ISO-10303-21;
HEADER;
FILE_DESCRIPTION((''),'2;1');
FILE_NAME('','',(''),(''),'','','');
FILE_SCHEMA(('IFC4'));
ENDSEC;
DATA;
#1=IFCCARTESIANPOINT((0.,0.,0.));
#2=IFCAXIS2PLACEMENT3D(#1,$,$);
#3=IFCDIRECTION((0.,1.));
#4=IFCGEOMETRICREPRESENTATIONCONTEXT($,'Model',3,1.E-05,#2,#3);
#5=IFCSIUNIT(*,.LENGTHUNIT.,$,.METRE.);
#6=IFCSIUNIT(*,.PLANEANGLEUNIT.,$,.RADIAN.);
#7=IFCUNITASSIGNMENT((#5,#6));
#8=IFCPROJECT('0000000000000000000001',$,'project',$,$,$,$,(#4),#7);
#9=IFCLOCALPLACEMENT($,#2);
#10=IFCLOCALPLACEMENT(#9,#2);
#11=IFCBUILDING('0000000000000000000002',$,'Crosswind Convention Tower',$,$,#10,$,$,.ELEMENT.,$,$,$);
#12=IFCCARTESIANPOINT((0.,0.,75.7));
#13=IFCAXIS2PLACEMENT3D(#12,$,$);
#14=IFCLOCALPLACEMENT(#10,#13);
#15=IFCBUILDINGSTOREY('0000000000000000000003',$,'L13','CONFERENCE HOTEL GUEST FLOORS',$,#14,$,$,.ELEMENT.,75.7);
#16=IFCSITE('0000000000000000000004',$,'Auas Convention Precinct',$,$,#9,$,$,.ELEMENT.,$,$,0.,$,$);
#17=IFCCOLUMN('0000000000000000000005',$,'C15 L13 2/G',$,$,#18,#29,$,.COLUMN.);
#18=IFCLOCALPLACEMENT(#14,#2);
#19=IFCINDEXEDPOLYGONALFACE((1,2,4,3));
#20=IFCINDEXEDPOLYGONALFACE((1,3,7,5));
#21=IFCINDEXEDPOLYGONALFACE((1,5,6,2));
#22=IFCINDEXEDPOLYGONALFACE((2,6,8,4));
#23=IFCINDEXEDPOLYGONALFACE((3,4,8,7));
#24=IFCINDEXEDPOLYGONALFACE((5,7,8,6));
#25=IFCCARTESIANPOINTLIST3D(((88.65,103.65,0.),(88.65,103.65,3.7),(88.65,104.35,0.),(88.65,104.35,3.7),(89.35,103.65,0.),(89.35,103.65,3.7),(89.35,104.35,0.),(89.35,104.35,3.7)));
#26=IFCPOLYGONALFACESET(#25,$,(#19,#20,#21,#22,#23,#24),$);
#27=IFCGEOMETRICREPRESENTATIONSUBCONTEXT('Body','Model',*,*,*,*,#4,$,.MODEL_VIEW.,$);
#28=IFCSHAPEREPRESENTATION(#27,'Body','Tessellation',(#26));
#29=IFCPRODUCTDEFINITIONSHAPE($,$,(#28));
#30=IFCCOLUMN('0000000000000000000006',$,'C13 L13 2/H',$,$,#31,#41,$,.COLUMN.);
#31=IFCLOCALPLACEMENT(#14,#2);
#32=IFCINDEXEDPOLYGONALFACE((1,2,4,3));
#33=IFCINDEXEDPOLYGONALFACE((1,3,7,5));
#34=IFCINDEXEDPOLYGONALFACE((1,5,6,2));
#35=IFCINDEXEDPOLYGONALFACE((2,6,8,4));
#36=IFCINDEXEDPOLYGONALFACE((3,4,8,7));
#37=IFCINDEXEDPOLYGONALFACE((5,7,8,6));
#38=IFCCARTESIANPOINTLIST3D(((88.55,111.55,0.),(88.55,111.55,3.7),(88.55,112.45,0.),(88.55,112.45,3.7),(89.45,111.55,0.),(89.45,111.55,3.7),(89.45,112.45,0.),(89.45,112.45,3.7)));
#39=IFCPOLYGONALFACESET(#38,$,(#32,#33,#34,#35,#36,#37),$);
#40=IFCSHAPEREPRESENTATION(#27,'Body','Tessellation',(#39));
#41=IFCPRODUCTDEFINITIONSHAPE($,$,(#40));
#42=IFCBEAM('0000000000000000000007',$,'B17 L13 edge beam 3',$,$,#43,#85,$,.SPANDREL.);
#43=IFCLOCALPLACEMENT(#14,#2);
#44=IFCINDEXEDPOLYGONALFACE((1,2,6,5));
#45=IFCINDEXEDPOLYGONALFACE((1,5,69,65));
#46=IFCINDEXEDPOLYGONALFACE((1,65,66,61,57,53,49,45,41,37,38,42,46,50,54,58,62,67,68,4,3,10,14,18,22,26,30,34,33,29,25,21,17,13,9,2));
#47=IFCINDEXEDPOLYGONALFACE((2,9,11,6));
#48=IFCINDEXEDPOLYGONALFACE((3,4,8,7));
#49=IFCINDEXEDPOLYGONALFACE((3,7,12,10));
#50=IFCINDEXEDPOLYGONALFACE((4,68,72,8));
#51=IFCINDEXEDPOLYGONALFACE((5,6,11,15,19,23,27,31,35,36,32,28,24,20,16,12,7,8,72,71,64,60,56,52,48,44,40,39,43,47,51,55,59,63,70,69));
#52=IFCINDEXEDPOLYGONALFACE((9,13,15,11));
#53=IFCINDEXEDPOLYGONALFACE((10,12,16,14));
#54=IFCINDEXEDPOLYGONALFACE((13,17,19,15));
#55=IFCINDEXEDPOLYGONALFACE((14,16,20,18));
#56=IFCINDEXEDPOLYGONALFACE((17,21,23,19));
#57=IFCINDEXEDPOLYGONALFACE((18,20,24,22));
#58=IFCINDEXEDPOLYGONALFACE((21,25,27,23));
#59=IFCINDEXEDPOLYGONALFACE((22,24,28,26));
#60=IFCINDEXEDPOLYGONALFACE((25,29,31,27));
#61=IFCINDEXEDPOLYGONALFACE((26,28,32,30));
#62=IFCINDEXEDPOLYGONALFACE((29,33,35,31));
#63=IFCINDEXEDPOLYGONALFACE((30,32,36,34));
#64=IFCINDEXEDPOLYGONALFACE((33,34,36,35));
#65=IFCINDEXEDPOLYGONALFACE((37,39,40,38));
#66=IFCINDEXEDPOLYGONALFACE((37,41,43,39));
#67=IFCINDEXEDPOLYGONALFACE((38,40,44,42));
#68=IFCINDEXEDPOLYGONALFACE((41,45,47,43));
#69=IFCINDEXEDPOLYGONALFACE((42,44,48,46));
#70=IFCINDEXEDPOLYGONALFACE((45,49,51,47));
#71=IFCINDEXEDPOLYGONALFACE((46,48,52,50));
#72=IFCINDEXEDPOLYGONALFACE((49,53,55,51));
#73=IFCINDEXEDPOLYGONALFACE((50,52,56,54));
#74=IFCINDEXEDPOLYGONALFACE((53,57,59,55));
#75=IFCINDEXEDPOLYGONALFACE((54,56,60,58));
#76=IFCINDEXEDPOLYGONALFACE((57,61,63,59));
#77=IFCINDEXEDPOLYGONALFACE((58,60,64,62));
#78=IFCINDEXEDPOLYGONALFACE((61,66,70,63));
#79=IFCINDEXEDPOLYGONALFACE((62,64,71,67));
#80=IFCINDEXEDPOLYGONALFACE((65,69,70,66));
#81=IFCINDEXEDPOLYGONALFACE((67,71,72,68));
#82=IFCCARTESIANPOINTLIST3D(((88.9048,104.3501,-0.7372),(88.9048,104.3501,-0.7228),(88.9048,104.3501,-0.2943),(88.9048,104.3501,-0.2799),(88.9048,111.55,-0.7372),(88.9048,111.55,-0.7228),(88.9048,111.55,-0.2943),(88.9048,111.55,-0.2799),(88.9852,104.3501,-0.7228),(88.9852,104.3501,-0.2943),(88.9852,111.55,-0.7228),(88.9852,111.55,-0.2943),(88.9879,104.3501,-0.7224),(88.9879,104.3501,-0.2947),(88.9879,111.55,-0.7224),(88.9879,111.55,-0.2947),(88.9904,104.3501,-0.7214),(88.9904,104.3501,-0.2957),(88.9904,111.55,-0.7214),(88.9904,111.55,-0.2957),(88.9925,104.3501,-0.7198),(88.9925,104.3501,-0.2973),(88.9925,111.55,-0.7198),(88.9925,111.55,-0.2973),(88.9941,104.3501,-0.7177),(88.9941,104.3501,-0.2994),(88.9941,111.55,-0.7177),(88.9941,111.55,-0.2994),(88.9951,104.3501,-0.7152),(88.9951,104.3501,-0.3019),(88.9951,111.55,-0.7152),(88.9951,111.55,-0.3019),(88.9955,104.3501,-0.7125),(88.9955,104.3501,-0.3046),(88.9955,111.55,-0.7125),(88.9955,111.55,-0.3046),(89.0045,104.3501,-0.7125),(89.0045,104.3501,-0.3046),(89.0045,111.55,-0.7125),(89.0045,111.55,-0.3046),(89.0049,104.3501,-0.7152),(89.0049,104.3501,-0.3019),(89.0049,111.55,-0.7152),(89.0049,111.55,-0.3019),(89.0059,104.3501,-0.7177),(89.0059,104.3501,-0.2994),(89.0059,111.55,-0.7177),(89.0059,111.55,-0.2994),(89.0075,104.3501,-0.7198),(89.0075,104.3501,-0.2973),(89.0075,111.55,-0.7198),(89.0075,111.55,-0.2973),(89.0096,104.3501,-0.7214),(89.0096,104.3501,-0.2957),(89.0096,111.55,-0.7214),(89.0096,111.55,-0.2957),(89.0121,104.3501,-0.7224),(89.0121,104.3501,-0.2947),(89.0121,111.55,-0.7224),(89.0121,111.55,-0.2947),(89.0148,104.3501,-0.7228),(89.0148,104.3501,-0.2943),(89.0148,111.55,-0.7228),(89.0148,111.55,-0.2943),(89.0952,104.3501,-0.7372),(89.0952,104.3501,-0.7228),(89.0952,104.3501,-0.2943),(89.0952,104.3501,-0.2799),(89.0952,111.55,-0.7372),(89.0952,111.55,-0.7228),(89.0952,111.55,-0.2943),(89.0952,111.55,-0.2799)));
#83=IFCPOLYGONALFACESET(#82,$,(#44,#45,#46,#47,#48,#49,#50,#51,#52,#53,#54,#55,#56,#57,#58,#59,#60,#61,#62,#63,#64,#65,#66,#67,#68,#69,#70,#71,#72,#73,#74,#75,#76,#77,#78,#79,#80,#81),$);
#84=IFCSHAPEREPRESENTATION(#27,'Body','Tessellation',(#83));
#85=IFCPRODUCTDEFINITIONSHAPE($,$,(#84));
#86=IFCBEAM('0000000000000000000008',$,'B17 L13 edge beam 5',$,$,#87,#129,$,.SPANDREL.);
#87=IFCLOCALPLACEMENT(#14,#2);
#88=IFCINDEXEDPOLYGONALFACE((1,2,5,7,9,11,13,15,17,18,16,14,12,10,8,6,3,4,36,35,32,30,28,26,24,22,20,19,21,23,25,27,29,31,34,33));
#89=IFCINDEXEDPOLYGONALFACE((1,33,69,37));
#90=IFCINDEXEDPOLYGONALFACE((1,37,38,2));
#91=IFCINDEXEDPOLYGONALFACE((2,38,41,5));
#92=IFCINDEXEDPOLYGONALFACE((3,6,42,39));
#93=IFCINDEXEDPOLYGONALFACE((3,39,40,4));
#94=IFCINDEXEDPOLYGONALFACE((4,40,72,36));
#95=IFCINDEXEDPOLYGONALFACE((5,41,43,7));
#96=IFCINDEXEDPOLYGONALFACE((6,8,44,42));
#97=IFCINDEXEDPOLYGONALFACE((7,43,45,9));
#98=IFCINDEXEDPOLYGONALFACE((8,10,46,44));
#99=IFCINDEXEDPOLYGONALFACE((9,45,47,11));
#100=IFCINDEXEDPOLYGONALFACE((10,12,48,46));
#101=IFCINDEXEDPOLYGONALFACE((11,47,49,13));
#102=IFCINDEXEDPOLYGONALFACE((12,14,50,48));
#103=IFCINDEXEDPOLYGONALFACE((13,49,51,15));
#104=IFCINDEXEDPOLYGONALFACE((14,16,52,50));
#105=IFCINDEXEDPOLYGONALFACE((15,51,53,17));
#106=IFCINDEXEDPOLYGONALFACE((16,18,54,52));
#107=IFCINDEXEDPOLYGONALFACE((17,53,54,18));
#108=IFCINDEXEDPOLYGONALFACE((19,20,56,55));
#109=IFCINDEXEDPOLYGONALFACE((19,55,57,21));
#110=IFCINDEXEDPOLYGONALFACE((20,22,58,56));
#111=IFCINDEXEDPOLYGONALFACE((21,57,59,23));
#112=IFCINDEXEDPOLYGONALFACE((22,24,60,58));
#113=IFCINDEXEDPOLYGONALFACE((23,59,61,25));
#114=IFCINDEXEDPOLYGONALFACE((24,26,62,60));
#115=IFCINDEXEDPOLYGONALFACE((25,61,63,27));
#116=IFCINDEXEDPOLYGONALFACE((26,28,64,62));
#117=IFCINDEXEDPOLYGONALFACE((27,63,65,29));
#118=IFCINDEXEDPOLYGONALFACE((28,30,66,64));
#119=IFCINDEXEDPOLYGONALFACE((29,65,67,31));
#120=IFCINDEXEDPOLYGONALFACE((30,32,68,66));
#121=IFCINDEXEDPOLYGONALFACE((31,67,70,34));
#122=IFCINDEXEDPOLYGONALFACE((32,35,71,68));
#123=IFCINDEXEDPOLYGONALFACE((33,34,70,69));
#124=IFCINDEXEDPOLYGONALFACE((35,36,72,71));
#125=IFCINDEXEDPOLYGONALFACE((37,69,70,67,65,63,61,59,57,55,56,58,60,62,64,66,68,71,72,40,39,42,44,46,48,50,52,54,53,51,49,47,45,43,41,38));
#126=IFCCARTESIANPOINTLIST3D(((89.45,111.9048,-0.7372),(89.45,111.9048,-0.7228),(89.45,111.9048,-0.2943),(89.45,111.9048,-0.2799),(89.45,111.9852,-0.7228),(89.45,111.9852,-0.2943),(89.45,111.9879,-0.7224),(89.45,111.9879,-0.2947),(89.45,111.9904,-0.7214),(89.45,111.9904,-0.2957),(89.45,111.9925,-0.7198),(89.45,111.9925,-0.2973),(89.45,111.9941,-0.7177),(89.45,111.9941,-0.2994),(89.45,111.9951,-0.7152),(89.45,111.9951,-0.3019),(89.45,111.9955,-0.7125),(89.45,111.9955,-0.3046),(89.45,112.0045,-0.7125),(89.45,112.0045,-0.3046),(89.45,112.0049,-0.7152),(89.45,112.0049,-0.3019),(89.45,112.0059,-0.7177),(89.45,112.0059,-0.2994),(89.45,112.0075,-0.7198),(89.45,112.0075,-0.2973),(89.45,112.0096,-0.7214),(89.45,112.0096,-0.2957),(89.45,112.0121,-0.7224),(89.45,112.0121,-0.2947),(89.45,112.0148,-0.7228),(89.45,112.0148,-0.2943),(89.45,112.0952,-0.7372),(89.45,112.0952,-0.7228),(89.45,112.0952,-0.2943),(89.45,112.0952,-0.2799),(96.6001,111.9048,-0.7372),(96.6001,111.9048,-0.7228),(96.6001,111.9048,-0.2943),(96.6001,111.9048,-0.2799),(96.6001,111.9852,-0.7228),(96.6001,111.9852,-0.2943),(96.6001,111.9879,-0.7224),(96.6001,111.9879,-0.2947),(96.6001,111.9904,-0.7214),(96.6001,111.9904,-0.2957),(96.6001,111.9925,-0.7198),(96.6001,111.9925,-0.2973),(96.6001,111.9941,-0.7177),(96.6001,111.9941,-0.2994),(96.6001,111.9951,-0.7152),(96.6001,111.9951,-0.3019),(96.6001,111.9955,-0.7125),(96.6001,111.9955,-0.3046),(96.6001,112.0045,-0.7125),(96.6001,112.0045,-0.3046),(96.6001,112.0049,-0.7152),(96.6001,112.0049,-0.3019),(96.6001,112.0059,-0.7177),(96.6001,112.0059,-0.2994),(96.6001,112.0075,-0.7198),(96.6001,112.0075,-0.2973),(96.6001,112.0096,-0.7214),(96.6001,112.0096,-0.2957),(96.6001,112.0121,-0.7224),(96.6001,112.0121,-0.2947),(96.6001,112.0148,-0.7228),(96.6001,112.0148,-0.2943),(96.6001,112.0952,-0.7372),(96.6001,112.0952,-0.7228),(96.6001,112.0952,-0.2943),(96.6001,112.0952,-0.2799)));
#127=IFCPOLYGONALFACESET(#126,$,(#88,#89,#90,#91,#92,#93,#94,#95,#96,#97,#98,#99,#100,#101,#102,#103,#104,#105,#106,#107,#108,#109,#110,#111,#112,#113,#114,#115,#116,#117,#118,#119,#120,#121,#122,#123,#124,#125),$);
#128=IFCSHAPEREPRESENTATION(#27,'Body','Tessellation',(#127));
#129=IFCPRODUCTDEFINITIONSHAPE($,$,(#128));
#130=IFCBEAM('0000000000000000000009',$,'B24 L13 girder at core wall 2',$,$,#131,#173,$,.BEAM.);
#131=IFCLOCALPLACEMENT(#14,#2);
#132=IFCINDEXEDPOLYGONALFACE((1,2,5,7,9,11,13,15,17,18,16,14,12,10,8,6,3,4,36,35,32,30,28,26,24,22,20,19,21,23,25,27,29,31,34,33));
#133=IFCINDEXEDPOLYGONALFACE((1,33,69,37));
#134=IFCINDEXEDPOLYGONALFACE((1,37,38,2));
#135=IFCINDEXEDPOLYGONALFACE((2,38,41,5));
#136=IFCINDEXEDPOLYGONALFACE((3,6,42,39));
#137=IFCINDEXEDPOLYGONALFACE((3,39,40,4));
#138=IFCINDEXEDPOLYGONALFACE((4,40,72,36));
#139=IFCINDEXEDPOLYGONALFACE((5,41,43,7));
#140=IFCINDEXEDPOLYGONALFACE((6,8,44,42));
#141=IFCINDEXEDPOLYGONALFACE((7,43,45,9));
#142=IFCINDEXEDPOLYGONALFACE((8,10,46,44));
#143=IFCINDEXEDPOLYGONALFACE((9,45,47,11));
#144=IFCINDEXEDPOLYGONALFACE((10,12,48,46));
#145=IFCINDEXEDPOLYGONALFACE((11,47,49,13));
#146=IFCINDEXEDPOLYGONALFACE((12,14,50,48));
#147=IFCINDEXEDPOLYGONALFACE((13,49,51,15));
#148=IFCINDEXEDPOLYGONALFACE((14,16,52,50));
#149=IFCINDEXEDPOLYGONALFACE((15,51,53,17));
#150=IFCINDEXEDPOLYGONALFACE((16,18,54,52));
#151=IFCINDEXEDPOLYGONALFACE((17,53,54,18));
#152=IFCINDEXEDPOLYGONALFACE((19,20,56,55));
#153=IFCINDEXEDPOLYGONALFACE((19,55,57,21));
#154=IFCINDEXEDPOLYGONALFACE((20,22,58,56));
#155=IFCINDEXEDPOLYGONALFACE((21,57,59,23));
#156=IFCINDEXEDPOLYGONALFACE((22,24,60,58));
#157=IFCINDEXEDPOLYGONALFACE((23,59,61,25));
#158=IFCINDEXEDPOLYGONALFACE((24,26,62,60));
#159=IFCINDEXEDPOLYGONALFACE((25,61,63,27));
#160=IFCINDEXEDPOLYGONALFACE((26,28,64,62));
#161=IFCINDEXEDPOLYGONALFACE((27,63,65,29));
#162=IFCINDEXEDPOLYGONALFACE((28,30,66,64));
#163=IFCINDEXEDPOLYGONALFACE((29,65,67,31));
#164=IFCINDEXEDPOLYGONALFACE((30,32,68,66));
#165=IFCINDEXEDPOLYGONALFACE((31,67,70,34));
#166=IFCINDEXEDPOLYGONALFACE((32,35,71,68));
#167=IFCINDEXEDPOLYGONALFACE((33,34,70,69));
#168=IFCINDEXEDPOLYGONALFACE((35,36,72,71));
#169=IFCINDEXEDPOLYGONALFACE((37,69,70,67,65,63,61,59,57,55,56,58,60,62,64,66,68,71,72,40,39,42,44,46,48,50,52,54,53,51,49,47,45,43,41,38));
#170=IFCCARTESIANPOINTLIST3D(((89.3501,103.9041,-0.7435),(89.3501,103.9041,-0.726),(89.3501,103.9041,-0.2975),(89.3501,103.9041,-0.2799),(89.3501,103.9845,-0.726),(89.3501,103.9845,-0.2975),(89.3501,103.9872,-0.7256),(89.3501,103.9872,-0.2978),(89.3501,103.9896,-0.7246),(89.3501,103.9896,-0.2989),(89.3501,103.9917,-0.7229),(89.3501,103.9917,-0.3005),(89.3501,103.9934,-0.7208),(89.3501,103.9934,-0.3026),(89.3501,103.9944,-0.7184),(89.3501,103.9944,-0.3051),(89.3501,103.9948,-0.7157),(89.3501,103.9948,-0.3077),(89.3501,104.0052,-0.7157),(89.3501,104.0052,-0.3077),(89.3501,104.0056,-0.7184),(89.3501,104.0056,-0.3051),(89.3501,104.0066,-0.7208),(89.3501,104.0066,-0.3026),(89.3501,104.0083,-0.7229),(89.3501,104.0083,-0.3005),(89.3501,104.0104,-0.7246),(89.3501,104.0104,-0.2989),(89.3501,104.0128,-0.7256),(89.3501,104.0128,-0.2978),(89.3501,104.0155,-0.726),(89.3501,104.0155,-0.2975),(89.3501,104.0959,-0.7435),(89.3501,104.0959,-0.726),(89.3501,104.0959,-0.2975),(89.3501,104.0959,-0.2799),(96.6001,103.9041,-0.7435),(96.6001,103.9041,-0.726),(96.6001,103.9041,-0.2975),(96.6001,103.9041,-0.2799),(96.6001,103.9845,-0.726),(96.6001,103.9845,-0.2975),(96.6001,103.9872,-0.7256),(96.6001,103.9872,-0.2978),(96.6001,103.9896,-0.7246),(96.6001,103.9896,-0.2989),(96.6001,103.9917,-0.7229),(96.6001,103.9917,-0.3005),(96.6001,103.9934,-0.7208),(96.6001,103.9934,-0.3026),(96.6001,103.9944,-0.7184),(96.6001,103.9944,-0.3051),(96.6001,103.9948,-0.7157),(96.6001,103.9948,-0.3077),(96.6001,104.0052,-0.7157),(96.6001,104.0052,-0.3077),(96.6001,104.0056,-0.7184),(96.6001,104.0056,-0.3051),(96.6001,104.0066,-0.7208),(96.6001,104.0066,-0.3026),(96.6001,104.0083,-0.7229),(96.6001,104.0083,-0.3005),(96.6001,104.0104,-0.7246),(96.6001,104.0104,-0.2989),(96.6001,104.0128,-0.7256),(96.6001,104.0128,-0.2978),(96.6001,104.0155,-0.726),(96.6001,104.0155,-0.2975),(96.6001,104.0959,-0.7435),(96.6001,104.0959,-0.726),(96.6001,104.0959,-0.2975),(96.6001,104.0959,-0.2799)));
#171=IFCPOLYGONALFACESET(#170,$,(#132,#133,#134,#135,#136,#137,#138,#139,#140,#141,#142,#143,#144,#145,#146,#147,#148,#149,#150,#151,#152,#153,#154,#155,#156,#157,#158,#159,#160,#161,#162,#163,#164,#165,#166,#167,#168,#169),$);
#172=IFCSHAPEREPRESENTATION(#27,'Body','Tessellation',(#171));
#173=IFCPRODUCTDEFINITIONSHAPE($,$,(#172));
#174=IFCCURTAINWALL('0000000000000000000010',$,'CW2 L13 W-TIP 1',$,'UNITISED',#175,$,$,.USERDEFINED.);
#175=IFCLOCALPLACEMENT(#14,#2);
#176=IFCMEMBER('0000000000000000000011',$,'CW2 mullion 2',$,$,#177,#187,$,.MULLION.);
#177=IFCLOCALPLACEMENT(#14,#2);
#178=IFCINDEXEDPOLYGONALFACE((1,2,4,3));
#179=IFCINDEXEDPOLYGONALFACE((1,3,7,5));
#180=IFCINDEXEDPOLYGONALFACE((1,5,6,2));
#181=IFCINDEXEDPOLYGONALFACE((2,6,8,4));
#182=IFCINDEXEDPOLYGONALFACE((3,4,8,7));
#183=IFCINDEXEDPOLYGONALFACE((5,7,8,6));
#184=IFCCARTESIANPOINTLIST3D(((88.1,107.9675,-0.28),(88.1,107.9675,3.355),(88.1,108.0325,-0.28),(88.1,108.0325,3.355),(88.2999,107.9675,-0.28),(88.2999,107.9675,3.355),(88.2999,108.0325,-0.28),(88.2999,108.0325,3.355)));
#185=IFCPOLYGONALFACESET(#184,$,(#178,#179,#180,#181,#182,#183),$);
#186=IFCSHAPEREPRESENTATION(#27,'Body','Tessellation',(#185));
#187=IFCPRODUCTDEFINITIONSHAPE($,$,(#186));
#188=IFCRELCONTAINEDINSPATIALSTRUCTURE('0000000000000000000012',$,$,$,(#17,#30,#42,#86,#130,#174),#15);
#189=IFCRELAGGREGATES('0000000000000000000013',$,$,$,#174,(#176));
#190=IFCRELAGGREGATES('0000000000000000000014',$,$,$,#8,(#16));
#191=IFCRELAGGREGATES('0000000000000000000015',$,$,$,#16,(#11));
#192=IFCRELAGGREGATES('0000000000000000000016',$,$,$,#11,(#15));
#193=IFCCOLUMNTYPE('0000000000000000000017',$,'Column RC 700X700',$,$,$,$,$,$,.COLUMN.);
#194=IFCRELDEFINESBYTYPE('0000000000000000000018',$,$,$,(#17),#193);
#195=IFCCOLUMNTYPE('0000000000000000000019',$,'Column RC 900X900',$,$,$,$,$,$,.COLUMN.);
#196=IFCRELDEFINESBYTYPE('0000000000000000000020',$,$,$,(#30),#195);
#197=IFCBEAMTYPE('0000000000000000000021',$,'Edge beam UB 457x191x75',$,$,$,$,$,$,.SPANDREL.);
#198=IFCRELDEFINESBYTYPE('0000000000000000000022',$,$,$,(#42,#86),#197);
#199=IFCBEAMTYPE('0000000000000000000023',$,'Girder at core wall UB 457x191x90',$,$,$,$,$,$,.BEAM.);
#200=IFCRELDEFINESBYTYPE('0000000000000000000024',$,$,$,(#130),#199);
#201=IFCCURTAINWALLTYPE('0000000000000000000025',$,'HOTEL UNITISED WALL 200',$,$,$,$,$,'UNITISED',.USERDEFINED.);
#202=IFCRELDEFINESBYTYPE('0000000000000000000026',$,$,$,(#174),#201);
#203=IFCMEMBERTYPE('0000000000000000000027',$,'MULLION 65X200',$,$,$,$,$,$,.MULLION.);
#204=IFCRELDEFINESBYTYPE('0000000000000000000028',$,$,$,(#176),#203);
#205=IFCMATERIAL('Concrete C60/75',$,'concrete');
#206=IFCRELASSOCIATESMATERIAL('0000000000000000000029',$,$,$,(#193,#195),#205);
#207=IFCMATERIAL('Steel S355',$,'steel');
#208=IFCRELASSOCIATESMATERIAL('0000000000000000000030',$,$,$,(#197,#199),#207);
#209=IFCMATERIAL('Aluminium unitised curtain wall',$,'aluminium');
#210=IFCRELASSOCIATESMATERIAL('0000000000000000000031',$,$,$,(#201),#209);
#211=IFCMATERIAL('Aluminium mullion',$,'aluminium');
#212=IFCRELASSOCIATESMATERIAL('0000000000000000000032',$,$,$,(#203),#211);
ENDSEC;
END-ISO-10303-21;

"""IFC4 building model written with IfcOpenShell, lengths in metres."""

from ifc_helpers import new_model, si_unit, direction, frame, origin, origin_2d, place, context, subcontext, project, spatial, rectangle, i_section, extrude, material, material_profile, profile_set, type_object, element, aggregate, save


model = new_model("IFC4")

# Units and contexts
model_context = context("Model", 3, precision=1e-05, world=origin(), true_north=direction((0.0, 1.0)))
body_context = subcontext(model_context, "Body", "Model", "MODEL_VIEW")
ifc_project = project(units=[si_unit("LENGTHUNIT", "METRE"), si_unit("PLANEANGLEUNIT", "RADIAN")], contexts=[model_context])

# Site, building, storey
site_placement = place(None, origin())
site = spatial("IfcSite", under=ifc_project, at=site_placement, Name="Auas Convention Precinct", CompositionType="ELEMENT", RefElevation=0.0)
building_placement = place(site_placement, origin())
building = spatial("IfcBuilding", under=site, at=building_placement, Name="Crosswind Convention Tower", CompositionType="ELEMENT")
storey_placement = place(building_placement, frame((0.0, 0.0, 75.7)))
storey = spatial("IfcBuildingStorey", under=building, at=storey_placement, Name="L13", Description="CONFERENCE HOTEL GUEST FLOORS", CompositionType="ELEMENT", Elevation=75.7)

# Columns
ifc_material_1 = material(Name="Concrete C60/75", Category="concrete")
ifc_material_profile_1 = material_profile(ifc_material_1, rectangle(XDim=0.7, YDim=0.7, at=origin_2d()), Name="RC 700X700")
ifc_profile_set_1 = profile_set([ifc_material_profile_1], Name="Concrete C60/75")
column_type_1 = type_object("IfcColumnType", Name="Column RC 700X700", PredefinedType="COLUMN", material=ifc_profile_set_1)
column_1_placement = place(storey_placement, frame((89.0, 104.0, 0.0), z_axis=(0.0, 0.0, 1.0), x_axis=(1.0, 0.0, 0.0)))
element("IfcColumn", 1, at=column_1_placement, inside=storey, type_object=column_type_1, Name="C15 L13 2/G", PredefinedType="COLUMN", context=body_context, shape_type="SweptSolid", body=[
    extrude(rectangle(XDim=0.7, YDim=0.7, at=origin_2d()), origin(), (0.0, 0.0, 1.0), 3.7),
])
ifc_material_profile_2 = material_profile(ifc_material_1, rectangle(XDim=0.8999, YDim=0.8999, at=origin_2d()), Name="RC 900X900")
ifc_profile_set_2 = profile_set([ifc_material_profile_2], Name="Concrete C60/75")
column_type_2 = type_object("IfcColumnType", Name="Column RC 900X900", PredefinedType="COLUMN", material=ifc_profile_set_2)
column_2_placement = place(storey_placement, frame((89.0, 112.0, 0.0), z_axis=(0.0, 0.0, 1.0), x_axis=(1.0, 0.0, 0.0)))
element("IfcColumn", 2, at=column_2_placement, inside=storey, type_object=column_type_2, Name="C13 L13 2/H", PredefinedType="COLUMN", context=body_context, shape_type="SweptSolid", body=[
    extrude(rectangle(XDim=0.8999, YDim=0.8999, at=origin_2d()), origin(), (0.0, 0.0, 1.0), 3.7),
])

# Beams
ifc_material_2 = material(Name="Steel S355", Category="steel")
ifc_material_profile_3 = material_profile(ifc_material_2, i_section(OverallWidth=0.1904, OverallDepth=0.4573, WebThickness=0.009, FlangeThickness=0.0144, FilletRadius=0.0103, at=origin_2d()), Name="UB 457x191x75")
ifc_profile_set_3 = profile_set([ifc_material_profile_3], Name="Steel S355")
beam_type_1 = type_object("IfcBeamType", Name="Edge beam UB 457x191x75", PredefinedType="SPANDREL", material=ifc_profile_set_3)
beam_1_placement = place(storey_placement, frame((89.0, 104.3501, -0.5085), z_axis=(0.0, 1.0, 0.0), x_axis=(-1.0, 0.0, 0.0)))
element("IfcBeam", 3, at=beam_1_placement, inside=storey, type_object=beam_type_1, Name="B17 L13 edge beam 3", PredefinedType="SPANDREL", context=body_context, shape_type="SweptSolid", body=[
    extrude(i_section(OverallWidth=0.1904, OverallDepth=0.4573, WebThickness=0.009, FlangeThickness=0.0144, FilletRadius=0.0103, at=origin_2d()), origin(), (0.0, 0.0, 1.0), 7.2),
])
beam_2_placement = place(storey_placement, frame((89.45, 112.0, -0.5085), z_axis=(1.0, 0.0, 0.0), x_axis=(0.0, 1.0, 0.0)))
element("IfcBeam", 4, at=beam_2_placement, inside=storey, type_object=beam_type_1, Name="B17 L13 edge beam 5", PredefinedType="SPANDREL", context=body_context, shape_type="SweptSolid", body=[
    extrude(i_section(OverallWidth=0.1904, OverallDepth=0.4573, WebThickness=0.009, FlangeThickness=0.0144, FilletRadius=0.0103, at=origin_2d()), origin(), (0.0, 0.0, 1.0), 7.1501),
])
ifc_material_profile_4 = material_profile(ifc_material_2, i_section(OverallWidth=0.1919, OverallDepth=0.4636, WebThickness=0.0105, FlangeThickness=0.0176, FilletRadius=0.0103, at=origin_2d()), Name="UB 457x191x90")
ifc_profile_set_4 = profile_set([ifc_material_profile_4], Name="Steel S355")
beam_type_2 = type_object("IfcBeamType", Name="Girder at core wall UB 457x191x90", PredefinedType="BEAM", material=ifc_profile_set_4)
beam_3_placement = place(storey_placement, frame((89.3501, 104.0, -0.5117), z_axis=(1.0, 0.0, 0.0), x_axis=(0.0, 1.0, 0.0)))
element("IfcBeam", 5, at=beam_3_placement, inside=storey, type_object=beam_type_2, Name="B24 L13 girder at core wall 2", PredefinedType="BEAM", context=body_context, shape_type="SweptSolid", body=[
    extrude(i_section(OverallWidth=0.1919, OverallDepth=0.4636, WebThickness=0.0105, FlangeThickness=0.0176, FilletRadius=0.0103, at=origin_2d()), origin(), (0.0, 0.0, 1.0), 7.25),
])

# Curtain wall, member
ifc_material_3 = material(Name="Aluminium unitised curtain wall", Category="aluminium")
curtain_wall_type = type_object("IfcCurtainWallType", Name="HOTEL UNITISED WALL 200", ElementType="UNITISED", PredefinedType="USERDEFINED", material=ifc_material_3)
curtain_wall_placement = place(storey_placement, origin())
curtain_wall = element("IfcCurtainWall", 6, at=curtain_wall_placement, inside=storey, type_object=curtain_wall_type, Name="CW2 L13 W-TIP 1", ObjectType="UNITISED", PredefinedType="USERDEFINED")
ifc_material_4 = material(Name="Aluminium mullion", Category="aluminium")
ifc_material_profile_5 = material_profile(ifc_material_4, rectangle(XDim=0.2, YDim=0.0649, at=origin_2d()), Name="AL 200X65")
ifc_profile_set_5 = profile_set([ifc_material_profile_5], Name="Aluminium mullion")
member_type = type_object("IfcMemberType", Name="MULLION 65X200", PredefinedType="MULLION", material=ifc_profile_set_5)
member_1_placement = place(storey_placement, frame((88.2, 108.0, -0.28), z_axis=(0.0, 0.0, 1.0), x_axis=(-1.0, 0.0, 0.0)))
member_1 = element("IfcMember", 7, at=member_1_placement, type_object=member_type, Name="CW2 mullion 2", PredefinedType="MULLION", context=body_context, shape_type="SweptSolid", body=[
    extrude(rectangle(XDim=0.2, YDim=0.0649, at=origin_2d()), origin(), (0.0, 0.0, 1.0), 3.635),
])

aggregate(curtain_wall, [member_1])

save(model, "model.ifc")
